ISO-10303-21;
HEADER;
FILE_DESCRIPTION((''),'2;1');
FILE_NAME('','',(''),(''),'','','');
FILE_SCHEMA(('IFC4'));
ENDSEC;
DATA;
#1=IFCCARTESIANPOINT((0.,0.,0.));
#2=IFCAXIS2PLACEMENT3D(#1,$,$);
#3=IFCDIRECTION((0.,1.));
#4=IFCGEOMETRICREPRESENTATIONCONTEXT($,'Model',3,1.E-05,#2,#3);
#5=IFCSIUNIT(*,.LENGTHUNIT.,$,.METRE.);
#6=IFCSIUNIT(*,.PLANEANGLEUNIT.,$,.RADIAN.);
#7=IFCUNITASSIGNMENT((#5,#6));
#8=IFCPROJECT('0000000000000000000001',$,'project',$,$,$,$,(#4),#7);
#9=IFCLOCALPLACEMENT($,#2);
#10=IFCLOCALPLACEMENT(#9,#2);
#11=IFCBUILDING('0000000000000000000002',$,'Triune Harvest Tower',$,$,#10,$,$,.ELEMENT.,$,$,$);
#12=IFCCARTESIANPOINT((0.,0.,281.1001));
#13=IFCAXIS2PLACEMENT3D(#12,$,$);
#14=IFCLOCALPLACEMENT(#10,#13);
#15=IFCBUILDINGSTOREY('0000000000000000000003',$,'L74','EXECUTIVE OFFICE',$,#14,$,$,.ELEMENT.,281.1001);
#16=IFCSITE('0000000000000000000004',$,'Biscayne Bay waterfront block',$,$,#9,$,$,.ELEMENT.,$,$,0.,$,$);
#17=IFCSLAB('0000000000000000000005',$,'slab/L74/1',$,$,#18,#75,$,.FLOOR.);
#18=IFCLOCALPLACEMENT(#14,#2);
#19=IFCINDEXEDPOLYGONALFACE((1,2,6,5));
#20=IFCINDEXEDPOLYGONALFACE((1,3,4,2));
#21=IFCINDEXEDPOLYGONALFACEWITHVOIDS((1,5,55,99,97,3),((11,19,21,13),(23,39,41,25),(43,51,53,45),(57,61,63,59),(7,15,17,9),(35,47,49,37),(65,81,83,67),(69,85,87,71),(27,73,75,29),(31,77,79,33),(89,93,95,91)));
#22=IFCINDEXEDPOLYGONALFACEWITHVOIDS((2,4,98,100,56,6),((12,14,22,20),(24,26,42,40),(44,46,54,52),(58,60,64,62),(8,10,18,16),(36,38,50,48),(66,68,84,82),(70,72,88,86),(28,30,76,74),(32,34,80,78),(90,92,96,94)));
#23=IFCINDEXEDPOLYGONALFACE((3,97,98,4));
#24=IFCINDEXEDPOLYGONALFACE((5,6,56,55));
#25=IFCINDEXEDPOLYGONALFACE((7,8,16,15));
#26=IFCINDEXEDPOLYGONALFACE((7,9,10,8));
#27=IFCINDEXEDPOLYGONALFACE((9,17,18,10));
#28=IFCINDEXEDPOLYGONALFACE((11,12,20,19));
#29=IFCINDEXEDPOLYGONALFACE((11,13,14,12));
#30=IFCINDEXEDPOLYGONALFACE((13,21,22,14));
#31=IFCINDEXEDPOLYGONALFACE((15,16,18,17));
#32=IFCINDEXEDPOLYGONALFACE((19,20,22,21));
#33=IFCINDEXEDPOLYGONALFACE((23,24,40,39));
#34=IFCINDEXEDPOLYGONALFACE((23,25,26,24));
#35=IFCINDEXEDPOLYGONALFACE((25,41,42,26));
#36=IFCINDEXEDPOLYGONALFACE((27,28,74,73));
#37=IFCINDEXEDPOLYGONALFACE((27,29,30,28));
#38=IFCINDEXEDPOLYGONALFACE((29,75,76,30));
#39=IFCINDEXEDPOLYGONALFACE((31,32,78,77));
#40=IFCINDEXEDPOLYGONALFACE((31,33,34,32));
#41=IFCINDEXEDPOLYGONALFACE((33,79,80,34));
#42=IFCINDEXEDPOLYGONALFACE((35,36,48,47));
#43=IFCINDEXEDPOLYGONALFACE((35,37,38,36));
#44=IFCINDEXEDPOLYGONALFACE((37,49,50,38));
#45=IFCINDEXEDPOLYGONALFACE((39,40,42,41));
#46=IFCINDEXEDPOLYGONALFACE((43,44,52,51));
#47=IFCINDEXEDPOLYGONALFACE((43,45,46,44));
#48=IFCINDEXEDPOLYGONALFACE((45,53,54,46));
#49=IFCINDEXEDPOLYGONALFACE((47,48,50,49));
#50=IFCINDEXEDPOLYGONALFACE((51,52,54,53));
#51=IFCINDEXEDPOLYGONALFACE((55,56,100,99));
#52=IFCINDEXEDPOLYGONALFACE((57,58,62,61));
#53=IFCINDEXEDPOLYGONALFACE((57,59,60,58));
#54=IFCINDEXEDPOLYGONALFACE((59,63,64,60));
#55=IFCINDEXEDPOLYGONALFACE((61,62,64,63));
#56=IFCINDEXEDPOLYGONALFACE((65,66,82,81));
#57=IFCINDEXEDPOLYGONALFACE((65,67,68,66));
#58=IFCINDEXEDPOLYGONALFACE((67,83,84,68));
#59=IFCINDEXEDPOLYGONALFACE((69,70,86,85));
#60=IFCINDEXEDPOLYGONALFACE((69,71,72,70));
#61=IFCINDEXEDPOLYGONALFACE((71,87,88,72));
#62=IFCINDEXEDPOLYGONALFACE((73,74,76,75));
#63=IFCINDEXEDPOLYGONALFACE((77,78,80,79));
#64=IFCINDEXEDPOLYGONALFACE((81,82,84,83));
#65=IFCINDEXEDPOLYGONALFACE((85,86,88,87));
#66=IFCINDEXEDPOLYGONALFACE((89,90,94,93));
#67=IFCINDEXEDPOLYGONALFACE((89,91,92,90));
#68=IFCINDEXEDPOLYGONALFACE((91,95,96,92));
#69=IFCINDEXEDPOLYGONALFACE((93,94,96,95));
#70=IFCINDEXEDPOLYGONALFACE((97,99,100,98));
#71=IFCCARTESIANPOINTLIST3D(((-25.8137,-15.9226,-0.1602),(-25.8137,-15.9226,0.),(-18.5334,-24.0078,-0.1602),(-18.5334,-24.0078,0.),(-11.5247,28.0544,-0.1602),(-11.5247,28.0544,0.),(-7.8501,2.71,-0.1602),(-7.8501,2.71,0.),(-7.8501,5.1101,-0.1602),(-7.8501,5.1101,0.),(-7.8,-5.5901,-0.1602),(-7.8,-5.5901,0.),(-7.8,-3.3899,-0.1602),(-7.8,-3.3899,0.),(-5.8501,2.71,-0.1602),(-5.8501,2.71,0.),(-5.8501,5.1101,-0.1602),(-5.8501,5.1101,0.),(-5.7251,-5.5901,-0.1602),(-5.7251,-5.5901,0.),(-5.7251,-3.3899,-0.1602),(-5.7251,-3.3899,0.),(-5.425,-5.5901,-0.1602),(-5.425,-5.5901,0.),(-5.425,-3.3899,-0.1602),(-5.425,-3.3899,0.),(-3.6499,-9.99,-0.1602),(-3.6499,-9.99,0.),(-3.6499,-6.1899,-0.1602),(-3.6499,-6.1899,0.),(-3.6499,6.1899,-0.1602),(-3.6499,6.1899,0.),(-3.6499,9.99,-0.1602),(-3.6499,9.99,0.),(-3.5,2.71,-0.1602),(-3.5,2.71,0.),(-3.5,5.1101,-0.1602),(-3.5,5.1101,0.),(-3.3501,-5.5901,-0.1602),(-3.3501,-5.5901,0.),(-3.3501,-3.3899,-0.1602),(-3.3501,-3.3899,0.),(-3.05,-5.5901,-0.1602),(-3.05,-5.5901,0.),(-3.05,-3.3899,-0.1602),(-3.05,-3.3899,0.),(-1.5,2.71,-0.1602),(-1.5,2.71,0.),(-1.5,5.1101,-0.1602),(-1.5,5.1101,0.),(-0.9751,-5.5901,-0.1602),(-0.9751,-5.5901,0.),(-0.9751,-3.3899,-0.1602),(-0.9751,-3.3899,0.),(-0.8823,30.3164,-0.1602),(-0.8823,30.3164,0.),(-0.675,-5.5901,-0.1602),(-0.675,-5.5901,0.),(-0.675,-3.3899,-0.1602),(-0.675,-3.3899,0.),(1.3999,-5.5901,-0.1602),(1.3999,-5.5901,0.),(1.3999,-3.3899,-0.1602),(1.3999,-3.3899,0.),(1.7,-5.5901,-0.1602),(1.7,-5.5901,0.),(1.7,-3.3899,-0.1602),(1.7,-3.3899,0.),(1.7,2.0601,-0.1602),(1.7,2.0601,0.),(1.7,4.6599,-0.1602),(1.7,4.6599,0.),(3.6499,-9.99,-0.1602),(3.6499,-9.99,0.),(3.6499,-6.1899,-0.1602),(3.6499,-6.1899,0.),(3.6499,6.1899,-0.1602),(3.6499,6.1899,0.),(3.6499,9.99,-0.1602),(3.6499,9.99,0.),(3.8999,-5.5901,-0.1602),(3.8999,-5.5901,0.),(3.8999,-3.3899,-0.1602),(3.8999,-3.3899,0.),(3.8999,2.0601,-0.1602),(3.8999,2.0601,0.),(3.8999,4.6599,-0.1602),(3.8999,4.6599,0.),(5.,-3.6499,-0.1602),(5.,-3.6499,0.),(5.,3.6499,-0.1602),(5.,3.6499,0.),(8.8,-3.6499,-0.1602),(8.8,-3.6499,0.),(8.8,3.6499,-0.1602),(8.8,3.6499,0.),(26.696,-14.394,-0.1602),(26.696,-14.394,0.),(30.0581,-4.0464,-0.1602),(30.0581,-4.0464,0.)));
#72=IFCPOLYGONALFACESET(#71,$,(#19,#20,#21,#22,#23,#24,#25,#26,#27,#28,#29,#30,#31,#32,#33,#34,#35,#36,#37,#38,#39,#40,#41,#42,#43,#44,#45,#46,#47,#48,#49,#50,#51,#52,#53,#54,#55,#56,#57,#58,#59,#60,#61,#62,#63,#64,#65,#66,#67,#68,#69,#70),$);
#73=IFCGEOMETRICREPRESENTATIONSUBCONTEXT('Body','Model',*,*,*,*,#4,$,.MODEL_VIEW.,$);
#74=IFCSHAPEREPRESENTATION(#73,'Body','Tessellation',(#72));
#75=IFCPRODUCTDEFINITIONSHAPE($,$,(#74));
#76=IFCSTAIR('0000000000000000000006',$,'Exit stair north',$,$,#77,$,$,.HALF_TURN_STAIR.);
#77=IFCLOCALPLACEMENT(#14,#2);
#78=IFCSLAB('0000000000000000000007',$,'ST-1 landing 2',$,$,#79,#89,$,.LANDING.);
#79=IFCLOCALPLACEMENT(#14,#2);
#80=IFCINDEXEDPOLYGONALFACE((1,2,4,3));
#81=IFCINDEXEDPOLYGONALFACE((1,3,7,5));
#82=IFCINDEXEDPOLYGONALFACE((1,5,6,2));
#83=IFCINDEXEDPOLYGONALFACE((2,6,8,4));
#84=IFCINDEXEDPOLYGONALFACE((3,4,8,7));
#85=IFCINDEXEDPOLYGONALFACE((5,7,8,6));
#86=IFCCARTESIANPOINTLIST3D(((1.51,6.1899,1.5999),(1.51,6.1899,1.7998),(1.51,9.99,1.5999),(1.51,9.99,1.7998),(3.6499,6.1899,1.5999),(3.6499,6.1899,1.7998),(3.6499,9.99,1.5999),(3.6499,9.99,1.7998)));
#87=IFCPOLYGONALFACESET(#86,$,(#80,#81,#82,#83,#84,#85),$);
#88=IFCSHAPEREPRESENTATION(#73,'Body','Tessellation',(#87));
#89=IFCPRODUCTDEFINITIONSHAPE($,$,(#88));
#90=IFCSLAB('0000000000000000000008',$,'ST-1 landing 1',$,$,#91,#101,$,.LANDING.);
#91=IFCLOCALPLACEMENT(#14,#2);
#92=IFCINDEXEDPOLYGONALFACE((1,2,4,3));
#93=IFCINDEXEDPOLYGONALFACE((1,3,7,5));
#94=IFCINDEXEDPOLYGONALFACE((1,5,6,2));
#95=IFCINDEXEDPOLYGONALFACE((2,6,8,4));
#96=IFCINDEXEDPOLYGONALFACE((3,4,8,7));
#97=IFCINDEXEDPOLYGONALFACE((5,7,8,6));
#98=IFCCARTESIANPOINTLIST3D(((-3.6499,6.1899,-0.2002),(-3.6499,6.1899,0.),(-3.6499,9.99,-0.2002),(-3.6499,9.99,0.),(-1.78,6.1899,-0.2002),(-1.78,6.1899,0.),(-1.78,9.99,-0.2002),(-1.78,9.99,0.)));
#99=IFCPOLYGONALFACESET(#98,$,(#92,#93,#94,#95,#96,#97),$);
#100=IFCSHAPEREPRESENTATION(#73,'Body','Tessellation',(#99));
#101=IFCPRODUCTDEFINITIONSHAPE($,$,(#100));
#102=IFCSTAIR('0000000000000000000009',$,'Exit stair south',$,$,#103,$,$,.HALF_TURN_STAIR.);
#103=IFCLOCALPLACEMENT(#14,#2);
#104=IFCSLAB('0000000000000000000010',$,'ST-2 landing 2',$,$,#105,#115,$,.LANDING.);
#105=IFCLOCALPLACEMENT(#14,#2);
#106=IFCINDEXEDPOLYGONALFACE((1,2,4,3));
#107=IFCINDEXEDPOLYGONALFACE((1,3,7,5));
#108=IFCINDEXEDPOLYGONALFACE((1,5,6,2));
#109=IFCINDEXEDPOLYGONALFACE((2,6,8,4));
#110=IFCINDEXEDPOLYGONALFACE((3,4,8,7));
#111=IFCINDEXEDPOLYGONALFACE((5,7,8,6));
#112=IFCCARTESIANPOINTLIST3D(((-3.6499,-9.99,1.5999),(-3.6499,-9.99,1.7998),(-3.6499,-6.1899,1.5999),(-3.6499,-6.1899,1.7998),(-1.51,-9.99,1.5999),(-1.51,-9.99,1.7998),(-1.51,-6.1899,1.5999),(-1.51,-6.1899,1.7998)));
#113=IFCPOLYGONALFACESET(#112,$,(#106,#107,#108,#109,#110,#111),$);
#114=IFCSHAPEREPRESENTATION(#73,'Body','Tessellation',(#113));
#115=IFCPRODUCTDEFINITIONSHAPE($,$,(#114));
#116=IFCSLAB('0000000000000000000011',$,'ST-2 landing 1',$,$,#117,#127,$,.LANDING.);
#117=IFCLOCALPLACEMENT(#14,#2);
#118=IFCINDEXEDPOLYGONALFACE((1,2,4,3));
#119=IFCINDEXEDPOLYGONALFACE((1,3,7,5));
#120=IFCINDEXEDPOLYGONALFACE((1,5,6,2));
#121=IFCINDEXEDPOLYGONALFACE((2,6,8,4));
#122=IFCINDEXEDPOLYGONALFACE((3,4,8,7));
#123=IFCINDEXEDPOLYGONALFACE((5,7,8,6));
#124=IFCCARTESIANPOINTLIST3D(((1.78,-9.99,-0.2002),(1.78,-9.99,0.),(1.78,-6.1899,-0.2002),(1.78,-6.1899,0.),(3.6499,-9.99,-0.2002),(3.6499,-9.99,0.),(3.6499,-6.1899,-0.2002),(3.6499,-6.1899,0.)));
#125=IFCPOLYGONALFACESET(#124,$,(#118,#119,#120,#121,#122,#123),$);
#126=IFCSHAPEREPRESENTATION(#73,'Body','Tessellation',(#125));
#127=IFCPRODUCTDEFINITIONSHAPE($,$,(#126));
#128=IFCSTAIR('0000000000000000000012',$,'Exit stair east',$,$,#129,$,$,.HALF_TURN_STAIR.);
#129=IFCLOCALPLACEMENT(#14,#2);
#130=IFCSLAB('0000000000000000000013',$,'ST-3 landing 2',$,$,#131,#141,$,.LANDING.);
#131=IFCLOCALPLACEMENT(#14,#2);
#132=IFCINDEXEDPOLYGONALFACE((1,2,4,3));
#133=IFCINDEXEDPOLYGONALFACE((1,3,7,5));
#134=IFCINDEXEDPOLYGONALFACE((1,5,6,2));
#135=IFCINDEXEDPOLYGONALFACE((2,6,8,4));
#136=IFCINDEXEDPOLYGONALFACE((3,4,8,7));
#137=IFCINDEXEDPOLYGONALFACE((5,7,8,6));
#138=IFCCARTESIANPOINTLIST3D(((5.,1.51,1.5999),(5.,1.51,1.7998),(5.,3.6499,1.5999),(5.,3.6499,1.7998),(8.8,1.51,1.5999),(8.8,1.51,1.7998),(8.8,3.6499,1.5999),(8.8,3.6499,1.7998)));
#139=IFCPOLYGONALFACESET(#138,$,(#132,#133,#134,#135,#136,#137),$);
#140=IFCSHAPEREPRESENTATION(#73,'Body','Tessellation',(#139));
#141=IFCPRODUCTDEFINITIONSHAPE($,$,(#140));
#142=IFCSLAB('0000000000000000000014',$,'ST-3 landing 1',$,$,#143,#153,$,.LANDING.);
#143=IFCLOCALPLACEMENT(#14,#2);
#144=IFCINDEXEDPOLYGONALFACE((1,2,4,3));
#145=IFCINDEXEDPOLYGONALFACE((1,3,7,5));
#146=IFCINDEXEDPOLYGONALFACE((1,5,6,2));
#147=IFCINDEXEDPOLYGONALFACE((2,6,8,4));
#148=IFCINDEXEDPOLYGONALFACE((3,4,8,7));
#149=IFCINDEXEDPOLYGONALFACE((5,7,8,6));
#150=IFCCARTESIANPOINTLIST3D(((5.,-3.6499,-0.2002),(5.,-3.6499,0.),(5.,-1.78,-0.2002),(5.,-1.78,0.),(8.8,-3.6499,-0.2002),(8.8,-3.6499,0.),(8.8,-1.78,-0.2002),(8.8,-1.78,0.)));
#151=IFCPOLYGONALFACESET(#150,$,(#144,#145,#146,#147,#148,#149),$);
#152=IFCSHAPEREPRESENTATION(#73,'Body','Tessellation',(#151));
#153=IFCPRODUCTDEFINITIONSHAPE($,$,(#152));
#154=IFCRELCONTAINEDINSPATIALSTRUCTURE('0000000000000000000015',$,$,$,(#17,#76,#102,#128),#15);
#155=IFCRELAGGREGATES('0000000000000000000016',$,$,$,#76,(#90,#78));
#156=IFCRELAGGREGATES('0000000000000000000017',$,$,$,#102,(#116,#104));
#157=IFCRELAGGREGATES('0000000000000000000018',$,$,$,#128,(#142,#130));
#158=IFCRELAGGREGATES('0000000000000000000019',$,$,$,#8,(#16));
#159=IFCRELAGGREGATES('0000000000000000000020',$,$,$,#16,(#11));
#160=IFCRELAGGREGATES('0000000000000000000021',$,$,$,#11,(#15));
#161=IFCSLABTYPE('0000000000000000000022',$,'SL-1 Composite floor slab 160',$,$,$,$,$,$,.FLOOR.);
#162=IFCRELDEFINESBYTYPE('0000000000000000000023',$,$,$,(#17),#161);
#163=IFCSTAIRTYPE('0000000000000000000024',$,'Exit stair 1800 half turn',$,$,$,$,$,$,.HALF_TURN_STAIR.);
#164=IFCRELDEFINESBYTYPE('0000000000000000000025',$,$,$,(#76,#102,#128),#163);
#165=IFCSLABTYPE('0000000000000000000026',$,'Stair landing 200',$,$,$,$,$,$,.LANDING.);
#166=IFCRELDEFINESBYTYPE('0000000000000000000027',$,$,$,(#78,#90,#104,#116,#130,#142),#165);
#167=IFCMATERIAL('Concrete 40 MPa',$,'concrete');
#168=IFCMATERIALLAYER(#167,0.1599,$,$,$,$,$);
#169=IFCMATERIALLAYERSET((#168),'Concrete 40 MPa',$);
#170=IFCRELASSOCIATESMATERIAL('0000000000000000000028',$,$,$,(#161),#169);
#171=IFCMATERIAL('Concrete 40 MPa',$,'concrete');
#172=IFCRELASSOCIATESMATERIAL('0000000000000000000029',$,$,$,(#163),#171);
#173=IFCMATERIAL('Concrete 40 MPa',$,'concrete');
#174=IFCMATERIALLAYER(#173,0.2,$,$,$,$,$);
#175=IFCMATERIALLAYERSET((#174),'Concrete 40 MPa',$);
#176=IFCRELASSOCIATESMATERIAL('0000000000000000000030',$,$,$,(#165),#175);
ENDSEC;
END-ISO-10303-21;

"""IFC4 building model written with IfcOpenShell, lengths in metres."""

from ifc_helpers import new_model, si_unit, direction, frame, origin, place, context, subcontext, project, spatial, polyline, outline, extrude, source, transform, mapped, material, layer, layer_set, type_object, element, aggregate, save


model = new_model("IFC4")

# Units and contexts
model_context = context("Model", 3, precision=1e-05, world=origin(), true_north=direction((0.0, 1.0)))
body_context = subcontext(model_context, "Body", "Model", "MODEL_VIEW")
ifc_project = project(units=[si_unit("LENGTHUNIT", "METRE"), si_unit("PLANEANGLEUNIT", "RADIAN")], contexts=[model_context])

# Site, building, storey
site_placement = place(None, origin())
site = spatial("IfcSite", under=ifc_project, at=site_placement, Name="Biscayne Bay waterfront block", CompositionType="ELEMENT", RefElevation=0.0)
building_placement = place(site_placement, origin())
building = spatial("IfcBuilding", under=site, at=building_placement, Name="Triune Harvest Tower", CompositionType="ELEMENT")
storey_placement = place(building_placement, frame((0.0, 0.0, 281.1001)))
storey = spatial("IfcBuildingStorey", under=building, at=storey_placement, Name="L74", Description="EXECUTIVE OFFICE", CompositionType="ELEMENT", Elevation=281.1001)

# Slab
ifc_material_1 = material(Name="Concrete 40 MPa", Category="concrete")
ifc_layer_1 = layer(ifc_material_1, 0.1599)
ifc_layer_set_1 = layer_set([ifc_layer_1], Name="Concrete 40 MPa")
slab_type_1 = type_object("IfcSlabType", Name="SL-1 Composite floor slab 160", PredefinedType="FLOOR", material=ifc_layer_set_1)
shared_shape_1 = source(origin(), body_context, "Body", "SweptSolid", [
    extrude(outline(polyline([(30.0581, -4.0464), (-0.8823, 30.3164), (-11.5247, 28.0544), (-25.8137, -15.9226), (-18.5334, -24.0078), (26.696, -14.394), (30.0581, -4.0464)]), holes=[polyline([(-5.7251, -5.5901), (-5.7251, -3.3899), (-7.8, -3.3899), (-7.8, -5.5901), (-5.7251, -5.5901)]), polyline([(-3.3501, -5.5901), (-3.3501, -3.3899), (-5.425, -3.3899), (-5.425, -5.5901), (-3.3501, -5.5901)]), polyline([(-0.9751, -5.5901), (-0.9751, -3.3899), (-3.05, -3.3899), (-3.05, -5.5901), (-0.9751, -5.5901)]), polyline([(1.3999, -5.5901), (1.3999, -3.3899), (-0.675, -3.3899), (-0.675, -5.5901), (1.3999, -5.5901)]), polyline([(3.8999, 2.0601), (3.8999, 4.6599), (1.7, 4.6599), (1.7, 2.0601), (3.8999, 2.0601)]), polyline([(3.8999, -5.5901), (3.8999, -3.3899), (1.7, -3.3899), (1.7, -5.5901), (3.8999, -5.5901)]), polyline([(-5.8501, 2.71), (-5.8501, 5.1101), (-7.8501, 5.1101), (-7.8501, 2.71), (-5.8501, 2.71)]), polyline([(-1.5, 2.71), (-1.5, 5.1101), (-3.5, 5.1101), (-3.5, 2.71), (-1.5, 2.71)]), polyline([(3.6499, 6.1899), (3.6499, 9.99), (-3.6499, 9.99), (-3.6499, 6.1899), (3.6499, 6.1899)]), polyline([(3.6499, -9.99), (3.6499, -6.1899), (-3.6499, -6.1899), (-3.6499, -9.99), (3.6499, -9.99)]), polyline([(8.8, -3.6499), (8.8, 3.6499), (5.0, 3.6499), (5.0, -3.6499), (8.8, -3.6499)])]), origin(), (0.0, 0.0, 1.0), 0.1602),
])
slab_1_placement = place(storey_placement, frame((0.0, 0.0, -0.1602)))
element("IfcSlab", 1, at=slab_1_placement, inside=storey, type_object=slab_type_1, Name="slab/L74/1", PredefinedType="FLOOR", context=body_context, shape_type="MappedRepresentation", body=[
    mapped(shared_shape_1, transform((0.0, 0.0, 0.0), scale=1.0)),
])

# Stairs, slabs
ifc_material_2 = material(Name="Concrete 40 MPa", Category="concrete")
stair_type = type_object("IfcStairType", Name="Exit stair 1800 half turn", PredefinedType="HALF_TURN_STAIR", material=ifc_material_2)
stair_1_placement = place(storey_placement, origin())
stair_1 = element("IfcStair", 2, at=stair_1_placement, inside=storey, type_object=stair_type, Name="Exit stair north", PredefinedType="HALF_TURN_STAIR")
ifc_material_3 = material(Name="Concrete 40 MPa", Category="concrete")
ifc_layer_2 = layer(ifc_material_3, 0.2)
ifc_layer_set_2 = layer_set([ifc_layer_2], Name="Concrete 40 MPa")
slab_type_2 = type_object("IfcSlabType", Name="Stair landing 200", PredefinedType="LANDING", material=ifc_layer_set_2)
shared_shape_2 = source(origin(), body_context, "Body", "SweptSolid", [
    extrude(outline(polyline([(1.51, 6.1899), (3.6499, 6.1899), (3.6499, 9.99), (1.51, 9.99), (1.51, 6.1899)])), origin(), (0.0, 0.0, 1.0), 0.2),
])
slab_2_placement = place(storey_placement, frame((0.0, 0.0, 1.5999)))
slab_2 = element("IfcSlab", 3, at=slab_2_placement, type_object=slab_type_2, Name="ST-1 landing 2", PredefinedType="LANDING", context=body_context, shape_type="MappedRepresentation", body=[
    mapped(shared_shape_2, transform((0.0, 0.0, 0.0), scale=1.0)),
])
shared_shape_3 = source(origin(), body_context, "Body", "SweptSolid", [
    extrude(outline(polyline([(-3.6499, 6.1899), (-1.78, 6.1899), (-1.78, 9.99), (-3.6499, 9.99), (-3.6499, 6.1899)])), origin(), (0.0, 0.0, 1.0), 0.2002),
])
slab_3_placement = place(storey_placement, frame((0.0, 0.0, -0.2002)))
slab_3 = element("IfcSlab", 4, at=slab_3_placement, type_object=slab_type_2, Name="ST-1 landing 1", PredefinedType="LANDING", context=body_context, shape_type="MappedRepresentation", body=[
    mapped(shared_shape_3, transform((0.0, 0.0, 0.0), scale=1.0)),
])
aggregate(stair_1, [slab_3, slab_2])
stair_2_placement = place(storey_placement, origin())
stair_2 = element("IfcStair", 5, at=stair_2_placement, inside=storey, type_object=stair_type, Name="Exit stair south", PredefinedType="HALF_TURN_STAIR")
shared_shape_4 = source(origin(), body_context, "Body", "SweptSolid", [
    extrude(outline(polyline([(-1.51, -6.1899), (-3.6499, -6.1899), (-3.6499, -9.99), (-1.51, -9.99), (-1.51, -6.1899)])), origin(), (0.0, 0.0, 1.0), 0.2),
])
slab_4_placement = place(storey_placement, frame((0.0, 0.0, 1.5999)))
slab_4 = element("IfcSlab", 6, at=slab_4_placement, type_object=slab_type_2, Name="ST-2 landing 2", PredefinedType="LANDING", context=body_context, shape_type="MappedRepresentation", body=[
    mapped(shared_shape_4, transform((0.0, 0.0, 0.0), scale=1.0)),
])
shared_shape_5 = source(origin(), body_context, "Body", "SweptSolid", [
    extrude(outline(polyline([(3.6499, -6.1899), (1.78, -6.1899), (1.78, -9.99), (3.6499, -9.99), (3.6499, -6.1899)])), origin(), (0.0, 0.0, 1.0), 0.2002),
])
slab_5_placement = place(storey_placement, frame((0.0, 0.0, -0.2002)))
slab_5 = element("IfcSlab", 7, at=slab_5_placement, type_object=slab_type_2, Name="ST-2 landing 1", PredefinedType="LANDING", context=body_context, shape_type="MappedRepresentation", body=[
    mapped(shared_shape_5, transform((0.0, 0.0, 0.0), scale=1.0)),
])
aggregate(stair_2, [slab_5, slab_4])
stair_3_placement = place(storey_placement, origin())
stair_3 = element("IfcStair", 8, at=stair_3_placement, inside=storey, type_object=stair_type, Name="Exit stair east", PredefinedType="HALF_TURN_STAIR")
shared_shape_6 = source(origin(), body_context, "Body", "SweptSolid", [
    extrude(outline(polyline([(8.8, 1.51), (8.8, 3.6499), (5.0, 3.6499), (5.0, 1.51), (8.8, 1.51)])), origin(), (0.0, 0.0, 1.0), 0.2),
])
slab_6_placement = place(storey_placement, frame((0.0, 0.0, 1.5999)))
slab_6 = element("IfcSlab", 9, at=slab_6_placement, type_object=slab_type_2, Name="ST-3 landing 2", PredefinedType="LANDING", context=body_context, shape_type="MappedRepresentation", body=[
    mapped(shared_shape_6, transform((0.0, 0.0, 0.0), scale=1.0)),
])
shared_shape_7 = source(origin(), body_context, "Body", "SweptSolid", [
    extrude(outline(polyline([(8.8, -3.6499), (8.8, -1.78), (5.0, -1.78), (5.0, -3.6499), (8.8, -3.6499)])), origin(), (0.0, 0.0, 1.0), 0.2002),
])
slab_7_placement = place(storey_placement, frame((0.0, 0.0, -0.2002)))
slab_7 = element("IfcSlab", 10, at=slab_7_placement, type_object=slab_type_2, Name="ST-3 landing 1", PredefinedType="LANDING", context=body_context, shape_type="MappedRepresentation", body=[
    mapped(shared_shape_7, transform((0.0, 0.0, 0.0), scale=1.0)),
])

aggregate(stair_3, [slab_7, slab_6])

save(model, "model.ifc")
